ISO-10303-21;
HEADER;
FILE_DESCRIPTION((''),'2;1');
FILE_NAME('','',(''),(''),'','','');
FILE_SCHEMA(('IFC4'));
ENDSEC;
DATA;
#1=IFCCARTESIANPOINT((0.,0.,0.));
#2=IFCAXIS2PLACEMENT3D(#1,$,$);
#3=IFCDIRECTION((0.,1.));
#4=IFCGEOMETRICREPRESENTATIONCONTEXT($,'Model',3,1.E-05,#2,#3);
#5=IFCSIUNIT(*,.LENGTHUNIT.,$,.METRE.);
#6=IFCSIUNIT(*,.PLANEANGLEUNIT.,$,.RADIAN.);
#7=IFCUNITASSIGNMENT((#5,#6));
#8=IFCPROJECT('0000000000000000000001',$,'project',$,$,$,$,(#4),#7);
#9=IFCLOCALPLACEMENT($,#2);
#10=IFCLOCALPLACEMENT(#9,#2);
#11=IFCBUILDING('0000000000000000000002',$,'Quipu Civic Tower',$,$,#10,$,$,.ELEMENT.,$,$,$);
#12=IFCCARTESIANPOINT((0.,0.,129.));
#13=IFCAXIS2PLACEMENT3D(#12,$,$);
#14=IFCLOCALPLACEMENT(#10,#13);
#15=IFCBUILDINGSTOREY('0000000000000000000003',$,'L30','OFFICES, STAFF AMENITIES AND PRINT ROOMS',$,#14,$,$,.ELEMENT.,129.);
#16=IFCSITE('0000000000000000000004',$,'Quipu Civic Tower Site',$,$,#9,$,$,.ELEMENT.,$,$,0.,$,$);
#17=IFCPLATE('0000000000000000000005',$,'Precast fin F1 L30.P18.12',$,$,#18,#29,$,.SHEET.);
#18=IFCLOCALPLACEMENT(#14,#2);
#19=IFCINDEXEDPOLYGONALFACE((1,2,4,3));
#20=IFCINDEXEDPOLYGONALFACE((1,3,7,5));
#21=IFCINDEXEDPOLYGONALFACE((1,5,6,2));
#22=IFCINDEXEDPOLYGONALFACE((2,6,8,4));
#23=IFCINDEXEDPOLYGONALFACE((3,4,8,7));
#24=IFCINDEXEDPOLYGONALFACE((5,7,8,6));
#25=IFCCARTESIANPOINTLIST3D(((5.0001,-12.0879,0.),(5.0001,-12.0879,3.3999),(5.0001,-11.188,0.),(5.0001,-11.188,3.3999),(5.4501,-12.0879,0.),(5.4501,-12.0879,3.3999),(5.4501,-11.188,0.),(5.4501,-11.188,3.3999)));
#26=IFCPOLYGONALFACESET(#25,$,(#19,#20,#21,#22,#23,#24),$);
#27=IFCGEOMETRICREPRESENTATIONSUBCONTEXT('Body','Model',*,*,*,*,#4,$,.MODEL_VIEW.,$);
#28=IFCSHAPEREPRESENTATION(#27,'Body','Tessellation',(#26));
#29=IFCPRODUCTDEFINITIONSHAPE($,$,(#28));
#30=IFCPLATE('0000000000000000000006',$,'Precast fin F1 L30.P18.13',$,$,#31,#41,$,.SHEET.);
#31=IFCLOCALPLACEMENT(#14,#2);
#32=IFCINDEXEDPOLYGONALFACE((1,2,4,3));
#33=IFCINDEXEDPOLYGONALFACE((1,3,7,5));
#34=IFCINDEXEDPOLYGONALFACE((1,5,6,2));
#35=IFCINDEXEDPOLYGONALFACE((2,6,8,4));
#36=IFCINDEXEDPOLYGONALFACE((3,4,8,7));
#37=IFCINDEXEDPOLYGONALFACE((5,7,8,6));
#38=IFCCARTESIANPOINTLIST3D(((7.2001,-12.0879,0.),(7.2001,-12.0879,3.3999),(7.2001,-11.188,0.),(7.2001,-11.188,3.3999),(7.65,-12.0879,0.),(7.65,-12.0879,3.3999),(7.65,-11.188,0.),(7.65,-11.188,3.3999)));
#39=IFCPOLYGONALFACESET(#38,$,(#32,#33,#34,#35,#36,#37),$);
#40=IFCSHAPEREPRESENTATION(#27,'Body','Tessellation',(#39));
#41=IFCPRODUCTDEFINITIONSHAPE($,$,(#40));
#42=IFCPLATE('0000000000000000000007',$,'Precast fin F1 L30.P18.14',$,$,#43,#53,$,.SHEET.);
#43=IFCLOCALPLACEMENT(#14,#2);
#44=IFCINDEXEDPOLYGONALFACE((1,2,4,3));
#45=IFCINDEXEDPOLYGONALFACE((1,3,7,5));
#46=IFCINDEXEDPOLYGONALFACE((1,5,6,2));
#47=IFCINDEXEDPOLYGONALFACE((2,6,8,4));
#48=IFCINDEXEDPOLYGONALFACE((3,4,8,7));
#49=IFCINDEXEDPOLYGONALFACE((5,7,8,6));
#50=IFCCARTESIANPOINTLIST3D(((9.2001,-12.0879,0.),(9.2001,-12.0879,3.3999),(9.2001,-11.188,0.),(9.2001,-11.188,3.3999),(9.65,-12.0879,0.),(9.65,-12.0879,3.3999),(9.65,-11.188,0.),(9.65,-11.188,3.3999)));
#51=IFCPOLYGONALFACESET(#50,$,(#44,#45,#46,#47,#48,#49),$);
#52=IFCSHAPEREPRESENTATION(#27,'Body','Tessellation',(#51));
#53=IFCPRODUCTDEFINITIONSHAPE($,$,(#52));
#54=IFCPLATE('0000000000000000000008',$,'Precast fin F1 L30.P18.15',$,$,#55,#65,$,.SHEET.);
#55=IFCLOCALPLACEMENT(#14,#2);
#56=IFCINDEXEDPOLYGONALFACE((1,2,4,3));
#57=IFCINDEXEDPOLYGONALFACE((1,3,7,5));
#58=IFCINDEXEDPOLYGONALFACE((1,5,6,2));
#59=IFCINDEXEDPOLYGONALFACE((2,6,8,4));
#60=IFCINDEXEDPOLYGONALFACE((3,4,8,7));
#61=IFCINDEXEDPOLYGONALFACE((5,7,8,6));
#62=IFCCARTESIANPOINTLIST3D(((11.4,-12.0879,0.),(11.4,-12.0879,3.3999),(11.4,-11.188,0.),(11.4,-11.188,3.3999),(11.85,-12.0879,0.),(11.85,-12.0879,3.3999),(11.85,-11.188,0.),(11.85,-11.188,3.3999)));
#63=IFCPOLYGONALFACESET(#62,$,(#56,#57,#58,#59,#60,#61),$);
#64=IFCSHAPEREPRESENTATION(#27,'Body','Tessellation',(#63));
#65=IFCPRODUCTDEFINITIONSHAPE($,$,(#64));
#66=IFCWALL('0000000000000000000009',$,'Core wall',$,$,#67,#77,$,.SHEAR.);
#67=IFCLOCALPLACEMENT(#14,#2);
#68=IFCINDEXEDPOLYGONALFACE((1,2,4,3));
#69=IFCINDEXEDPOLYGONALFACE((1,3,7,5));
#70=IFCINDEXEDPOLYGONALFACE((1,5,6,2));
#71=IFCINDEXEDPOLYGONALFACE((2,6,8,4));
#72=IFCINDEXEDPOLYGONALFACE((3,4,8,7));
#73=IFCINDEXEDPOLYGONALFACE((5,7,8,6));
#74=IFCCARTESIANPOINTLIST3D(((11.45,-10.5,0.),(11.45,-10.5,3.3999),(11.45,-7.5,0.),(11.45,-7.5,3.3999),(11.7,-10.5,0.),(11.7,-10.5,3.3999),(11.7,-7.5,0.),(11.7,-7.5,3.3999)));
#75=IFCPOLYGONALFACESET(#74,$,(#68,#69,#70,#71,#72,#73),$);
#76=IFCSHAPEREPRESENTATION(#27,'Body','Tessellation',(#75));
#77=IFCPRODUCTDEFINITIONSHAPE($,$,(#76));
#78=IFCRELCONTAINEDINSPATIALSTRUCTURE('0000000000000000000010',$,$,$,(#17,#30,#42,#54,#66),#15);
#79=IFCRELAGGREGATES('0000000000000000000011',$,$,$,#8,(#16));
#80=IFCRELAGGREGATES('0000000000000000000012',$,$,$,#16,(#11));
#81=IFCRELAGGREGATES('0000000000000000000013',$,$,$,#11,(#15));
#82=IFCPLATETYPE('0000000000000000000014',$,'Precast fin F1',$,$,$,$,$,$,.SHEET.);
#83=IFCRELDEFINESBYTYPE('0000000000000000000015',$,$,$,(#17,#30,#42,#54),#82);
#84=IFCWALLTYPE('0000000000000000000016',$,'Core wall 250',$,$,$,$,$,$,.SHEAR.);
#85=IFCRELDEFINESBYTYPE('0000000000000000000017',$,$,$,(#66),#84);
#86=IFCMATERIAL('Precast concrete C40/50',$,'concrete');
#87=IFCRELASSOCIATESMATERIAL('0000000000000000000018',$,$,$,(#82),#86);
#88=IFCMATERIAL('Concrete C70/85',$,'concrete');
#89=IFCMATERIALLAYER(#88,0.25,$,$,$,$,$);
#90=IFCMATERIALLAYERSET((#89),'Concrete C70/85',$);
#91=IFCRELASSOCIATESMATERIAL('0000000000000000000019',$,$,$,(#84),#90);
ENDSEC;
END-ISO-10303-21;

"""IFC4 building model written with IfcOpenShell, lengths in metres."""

from ifc_helpers import new_model, si_unit, direction, frame, frame_2d, origin, origin_2d, place, context, subcontext, project, spatial, rectangle, extrude, material, layer, layer_set, type_object, element, save


model = new_model("IFC4")

# Units and contexts
model_context = context("Model", 3, precision=1e-05, world=origin(), true_north=direction((0.0, 1.0)))
body_context = subcontext(model_context, "Body", "Model", "MODEL_VIEW")
ifc_project = project(units=[si_unit("LENGTHUNIT", "METRE"), si_unit("PLANEANGLEUNIT", "RADIAN")], contexts=[model_context])

# Site, building, storey
site_placement = place(None, origin())
site = spatial("IfcSite", under=ifc_project, at=site_placement, Name="Quipu Civic Tower Site", CompositionType="ELEMENT", RefElevation=0.0)
building_placement = place(site_placement, origin())
building = spatial("IfcBuilding", under=site, at=building_placement, Name="Quipu Civic Tower", CompositionType="ELEMENT")
storey_placement = place(building_placement, frame((0.0, 0.0, 129.0)))
storey = spatial("IfcBuildingStorey", under=building, at=storey_placement, Name="L30", Description="OFFICES, STAFF AMENITIES AND PRINT ROOMS", CompositionType="ELEMENT", Elevation=129.0)

# Plates
ifc_material_1 = material(Name="Precast concrete C40/50", Category="concrete")
plate_type = type_object("IfcPlateType", Name="Precast fin F1", PredefinedType="SHEET", material=ifc_material_1)
for number, where, z_axis, x_axis, name in (
    (1, (5.2251, -11.6379, 0.0), (0.0, 0.0, 1.0), (1.0, 0.0, 0.0), "Precast fin F1 L30.P18.12"),
    (2, (7.425, -11.6379, 0.0), (0.0, 0.0, 1.0), (1.0, 0.0, 0.0), "Precast fin F1 L30.P18.13"),
    (3, (9.425, -11.6379, 0.0), (0.0, 0.0, 1.0), (1.0, 0.0, 0.0), "Precast fin F1 L30.P18.14"),
    (4, (11.625, -11.6379, 0.0), (0.0, 0.0, 1.0), (1.0, 0.0, 0.0), "Precast fin F1 L30.P18.15"),
):
    element("IfcPlate", number, at=place(storey_placement, frame(where, z_axis=z_axis, x_axis=x_axis)), inside=storey, type_object=plate_type, Name=name, PredefinedType="SHEET", context=body_context, shape_type="SweptSolid", body=[
        extrude(rectangle(XDim=0.45, YDim=0.8999, at=origin_2d()), origin(), (0.0, 0.0, 1.0), 3.3999),
    ])

# Wall
ifc_material_2 = material(Name="Concrete C70/85", Category="concrete")
ifc_layer_1 = layer(ifc_material_2, 0.25)
ifc_layer_set_1 = layer_set([ifc_layer_1], Name="Concrete C70/85")
wall_type_1 = type_object("IfcWallType", Name="Core wall 250", PredefinedType="SHEAR", material=ifc_layer_set_1)
wall_1_placement = place(storey_placement, frame((11.575, -10.5, 0.0), z_axis=(0.0, 0.0, 1.0), x_axis=(0.0, 1.0, 0.0)))
element("IfcWall", 5, at=wall_1_placement, inside=storey, type_object=wall_type_1, Name="Core wall", PredefinedType="SHEAR", context=body_context, shape_type="SweptSolid", body=[
    extrude(rectangle(XDim=3.0, YDim=0.25, at=frame_2d((1.5, 0.0))), origin(), (0.0, 0.0, 1.0), 3.3999),
])

save(model, "model.ifc")
